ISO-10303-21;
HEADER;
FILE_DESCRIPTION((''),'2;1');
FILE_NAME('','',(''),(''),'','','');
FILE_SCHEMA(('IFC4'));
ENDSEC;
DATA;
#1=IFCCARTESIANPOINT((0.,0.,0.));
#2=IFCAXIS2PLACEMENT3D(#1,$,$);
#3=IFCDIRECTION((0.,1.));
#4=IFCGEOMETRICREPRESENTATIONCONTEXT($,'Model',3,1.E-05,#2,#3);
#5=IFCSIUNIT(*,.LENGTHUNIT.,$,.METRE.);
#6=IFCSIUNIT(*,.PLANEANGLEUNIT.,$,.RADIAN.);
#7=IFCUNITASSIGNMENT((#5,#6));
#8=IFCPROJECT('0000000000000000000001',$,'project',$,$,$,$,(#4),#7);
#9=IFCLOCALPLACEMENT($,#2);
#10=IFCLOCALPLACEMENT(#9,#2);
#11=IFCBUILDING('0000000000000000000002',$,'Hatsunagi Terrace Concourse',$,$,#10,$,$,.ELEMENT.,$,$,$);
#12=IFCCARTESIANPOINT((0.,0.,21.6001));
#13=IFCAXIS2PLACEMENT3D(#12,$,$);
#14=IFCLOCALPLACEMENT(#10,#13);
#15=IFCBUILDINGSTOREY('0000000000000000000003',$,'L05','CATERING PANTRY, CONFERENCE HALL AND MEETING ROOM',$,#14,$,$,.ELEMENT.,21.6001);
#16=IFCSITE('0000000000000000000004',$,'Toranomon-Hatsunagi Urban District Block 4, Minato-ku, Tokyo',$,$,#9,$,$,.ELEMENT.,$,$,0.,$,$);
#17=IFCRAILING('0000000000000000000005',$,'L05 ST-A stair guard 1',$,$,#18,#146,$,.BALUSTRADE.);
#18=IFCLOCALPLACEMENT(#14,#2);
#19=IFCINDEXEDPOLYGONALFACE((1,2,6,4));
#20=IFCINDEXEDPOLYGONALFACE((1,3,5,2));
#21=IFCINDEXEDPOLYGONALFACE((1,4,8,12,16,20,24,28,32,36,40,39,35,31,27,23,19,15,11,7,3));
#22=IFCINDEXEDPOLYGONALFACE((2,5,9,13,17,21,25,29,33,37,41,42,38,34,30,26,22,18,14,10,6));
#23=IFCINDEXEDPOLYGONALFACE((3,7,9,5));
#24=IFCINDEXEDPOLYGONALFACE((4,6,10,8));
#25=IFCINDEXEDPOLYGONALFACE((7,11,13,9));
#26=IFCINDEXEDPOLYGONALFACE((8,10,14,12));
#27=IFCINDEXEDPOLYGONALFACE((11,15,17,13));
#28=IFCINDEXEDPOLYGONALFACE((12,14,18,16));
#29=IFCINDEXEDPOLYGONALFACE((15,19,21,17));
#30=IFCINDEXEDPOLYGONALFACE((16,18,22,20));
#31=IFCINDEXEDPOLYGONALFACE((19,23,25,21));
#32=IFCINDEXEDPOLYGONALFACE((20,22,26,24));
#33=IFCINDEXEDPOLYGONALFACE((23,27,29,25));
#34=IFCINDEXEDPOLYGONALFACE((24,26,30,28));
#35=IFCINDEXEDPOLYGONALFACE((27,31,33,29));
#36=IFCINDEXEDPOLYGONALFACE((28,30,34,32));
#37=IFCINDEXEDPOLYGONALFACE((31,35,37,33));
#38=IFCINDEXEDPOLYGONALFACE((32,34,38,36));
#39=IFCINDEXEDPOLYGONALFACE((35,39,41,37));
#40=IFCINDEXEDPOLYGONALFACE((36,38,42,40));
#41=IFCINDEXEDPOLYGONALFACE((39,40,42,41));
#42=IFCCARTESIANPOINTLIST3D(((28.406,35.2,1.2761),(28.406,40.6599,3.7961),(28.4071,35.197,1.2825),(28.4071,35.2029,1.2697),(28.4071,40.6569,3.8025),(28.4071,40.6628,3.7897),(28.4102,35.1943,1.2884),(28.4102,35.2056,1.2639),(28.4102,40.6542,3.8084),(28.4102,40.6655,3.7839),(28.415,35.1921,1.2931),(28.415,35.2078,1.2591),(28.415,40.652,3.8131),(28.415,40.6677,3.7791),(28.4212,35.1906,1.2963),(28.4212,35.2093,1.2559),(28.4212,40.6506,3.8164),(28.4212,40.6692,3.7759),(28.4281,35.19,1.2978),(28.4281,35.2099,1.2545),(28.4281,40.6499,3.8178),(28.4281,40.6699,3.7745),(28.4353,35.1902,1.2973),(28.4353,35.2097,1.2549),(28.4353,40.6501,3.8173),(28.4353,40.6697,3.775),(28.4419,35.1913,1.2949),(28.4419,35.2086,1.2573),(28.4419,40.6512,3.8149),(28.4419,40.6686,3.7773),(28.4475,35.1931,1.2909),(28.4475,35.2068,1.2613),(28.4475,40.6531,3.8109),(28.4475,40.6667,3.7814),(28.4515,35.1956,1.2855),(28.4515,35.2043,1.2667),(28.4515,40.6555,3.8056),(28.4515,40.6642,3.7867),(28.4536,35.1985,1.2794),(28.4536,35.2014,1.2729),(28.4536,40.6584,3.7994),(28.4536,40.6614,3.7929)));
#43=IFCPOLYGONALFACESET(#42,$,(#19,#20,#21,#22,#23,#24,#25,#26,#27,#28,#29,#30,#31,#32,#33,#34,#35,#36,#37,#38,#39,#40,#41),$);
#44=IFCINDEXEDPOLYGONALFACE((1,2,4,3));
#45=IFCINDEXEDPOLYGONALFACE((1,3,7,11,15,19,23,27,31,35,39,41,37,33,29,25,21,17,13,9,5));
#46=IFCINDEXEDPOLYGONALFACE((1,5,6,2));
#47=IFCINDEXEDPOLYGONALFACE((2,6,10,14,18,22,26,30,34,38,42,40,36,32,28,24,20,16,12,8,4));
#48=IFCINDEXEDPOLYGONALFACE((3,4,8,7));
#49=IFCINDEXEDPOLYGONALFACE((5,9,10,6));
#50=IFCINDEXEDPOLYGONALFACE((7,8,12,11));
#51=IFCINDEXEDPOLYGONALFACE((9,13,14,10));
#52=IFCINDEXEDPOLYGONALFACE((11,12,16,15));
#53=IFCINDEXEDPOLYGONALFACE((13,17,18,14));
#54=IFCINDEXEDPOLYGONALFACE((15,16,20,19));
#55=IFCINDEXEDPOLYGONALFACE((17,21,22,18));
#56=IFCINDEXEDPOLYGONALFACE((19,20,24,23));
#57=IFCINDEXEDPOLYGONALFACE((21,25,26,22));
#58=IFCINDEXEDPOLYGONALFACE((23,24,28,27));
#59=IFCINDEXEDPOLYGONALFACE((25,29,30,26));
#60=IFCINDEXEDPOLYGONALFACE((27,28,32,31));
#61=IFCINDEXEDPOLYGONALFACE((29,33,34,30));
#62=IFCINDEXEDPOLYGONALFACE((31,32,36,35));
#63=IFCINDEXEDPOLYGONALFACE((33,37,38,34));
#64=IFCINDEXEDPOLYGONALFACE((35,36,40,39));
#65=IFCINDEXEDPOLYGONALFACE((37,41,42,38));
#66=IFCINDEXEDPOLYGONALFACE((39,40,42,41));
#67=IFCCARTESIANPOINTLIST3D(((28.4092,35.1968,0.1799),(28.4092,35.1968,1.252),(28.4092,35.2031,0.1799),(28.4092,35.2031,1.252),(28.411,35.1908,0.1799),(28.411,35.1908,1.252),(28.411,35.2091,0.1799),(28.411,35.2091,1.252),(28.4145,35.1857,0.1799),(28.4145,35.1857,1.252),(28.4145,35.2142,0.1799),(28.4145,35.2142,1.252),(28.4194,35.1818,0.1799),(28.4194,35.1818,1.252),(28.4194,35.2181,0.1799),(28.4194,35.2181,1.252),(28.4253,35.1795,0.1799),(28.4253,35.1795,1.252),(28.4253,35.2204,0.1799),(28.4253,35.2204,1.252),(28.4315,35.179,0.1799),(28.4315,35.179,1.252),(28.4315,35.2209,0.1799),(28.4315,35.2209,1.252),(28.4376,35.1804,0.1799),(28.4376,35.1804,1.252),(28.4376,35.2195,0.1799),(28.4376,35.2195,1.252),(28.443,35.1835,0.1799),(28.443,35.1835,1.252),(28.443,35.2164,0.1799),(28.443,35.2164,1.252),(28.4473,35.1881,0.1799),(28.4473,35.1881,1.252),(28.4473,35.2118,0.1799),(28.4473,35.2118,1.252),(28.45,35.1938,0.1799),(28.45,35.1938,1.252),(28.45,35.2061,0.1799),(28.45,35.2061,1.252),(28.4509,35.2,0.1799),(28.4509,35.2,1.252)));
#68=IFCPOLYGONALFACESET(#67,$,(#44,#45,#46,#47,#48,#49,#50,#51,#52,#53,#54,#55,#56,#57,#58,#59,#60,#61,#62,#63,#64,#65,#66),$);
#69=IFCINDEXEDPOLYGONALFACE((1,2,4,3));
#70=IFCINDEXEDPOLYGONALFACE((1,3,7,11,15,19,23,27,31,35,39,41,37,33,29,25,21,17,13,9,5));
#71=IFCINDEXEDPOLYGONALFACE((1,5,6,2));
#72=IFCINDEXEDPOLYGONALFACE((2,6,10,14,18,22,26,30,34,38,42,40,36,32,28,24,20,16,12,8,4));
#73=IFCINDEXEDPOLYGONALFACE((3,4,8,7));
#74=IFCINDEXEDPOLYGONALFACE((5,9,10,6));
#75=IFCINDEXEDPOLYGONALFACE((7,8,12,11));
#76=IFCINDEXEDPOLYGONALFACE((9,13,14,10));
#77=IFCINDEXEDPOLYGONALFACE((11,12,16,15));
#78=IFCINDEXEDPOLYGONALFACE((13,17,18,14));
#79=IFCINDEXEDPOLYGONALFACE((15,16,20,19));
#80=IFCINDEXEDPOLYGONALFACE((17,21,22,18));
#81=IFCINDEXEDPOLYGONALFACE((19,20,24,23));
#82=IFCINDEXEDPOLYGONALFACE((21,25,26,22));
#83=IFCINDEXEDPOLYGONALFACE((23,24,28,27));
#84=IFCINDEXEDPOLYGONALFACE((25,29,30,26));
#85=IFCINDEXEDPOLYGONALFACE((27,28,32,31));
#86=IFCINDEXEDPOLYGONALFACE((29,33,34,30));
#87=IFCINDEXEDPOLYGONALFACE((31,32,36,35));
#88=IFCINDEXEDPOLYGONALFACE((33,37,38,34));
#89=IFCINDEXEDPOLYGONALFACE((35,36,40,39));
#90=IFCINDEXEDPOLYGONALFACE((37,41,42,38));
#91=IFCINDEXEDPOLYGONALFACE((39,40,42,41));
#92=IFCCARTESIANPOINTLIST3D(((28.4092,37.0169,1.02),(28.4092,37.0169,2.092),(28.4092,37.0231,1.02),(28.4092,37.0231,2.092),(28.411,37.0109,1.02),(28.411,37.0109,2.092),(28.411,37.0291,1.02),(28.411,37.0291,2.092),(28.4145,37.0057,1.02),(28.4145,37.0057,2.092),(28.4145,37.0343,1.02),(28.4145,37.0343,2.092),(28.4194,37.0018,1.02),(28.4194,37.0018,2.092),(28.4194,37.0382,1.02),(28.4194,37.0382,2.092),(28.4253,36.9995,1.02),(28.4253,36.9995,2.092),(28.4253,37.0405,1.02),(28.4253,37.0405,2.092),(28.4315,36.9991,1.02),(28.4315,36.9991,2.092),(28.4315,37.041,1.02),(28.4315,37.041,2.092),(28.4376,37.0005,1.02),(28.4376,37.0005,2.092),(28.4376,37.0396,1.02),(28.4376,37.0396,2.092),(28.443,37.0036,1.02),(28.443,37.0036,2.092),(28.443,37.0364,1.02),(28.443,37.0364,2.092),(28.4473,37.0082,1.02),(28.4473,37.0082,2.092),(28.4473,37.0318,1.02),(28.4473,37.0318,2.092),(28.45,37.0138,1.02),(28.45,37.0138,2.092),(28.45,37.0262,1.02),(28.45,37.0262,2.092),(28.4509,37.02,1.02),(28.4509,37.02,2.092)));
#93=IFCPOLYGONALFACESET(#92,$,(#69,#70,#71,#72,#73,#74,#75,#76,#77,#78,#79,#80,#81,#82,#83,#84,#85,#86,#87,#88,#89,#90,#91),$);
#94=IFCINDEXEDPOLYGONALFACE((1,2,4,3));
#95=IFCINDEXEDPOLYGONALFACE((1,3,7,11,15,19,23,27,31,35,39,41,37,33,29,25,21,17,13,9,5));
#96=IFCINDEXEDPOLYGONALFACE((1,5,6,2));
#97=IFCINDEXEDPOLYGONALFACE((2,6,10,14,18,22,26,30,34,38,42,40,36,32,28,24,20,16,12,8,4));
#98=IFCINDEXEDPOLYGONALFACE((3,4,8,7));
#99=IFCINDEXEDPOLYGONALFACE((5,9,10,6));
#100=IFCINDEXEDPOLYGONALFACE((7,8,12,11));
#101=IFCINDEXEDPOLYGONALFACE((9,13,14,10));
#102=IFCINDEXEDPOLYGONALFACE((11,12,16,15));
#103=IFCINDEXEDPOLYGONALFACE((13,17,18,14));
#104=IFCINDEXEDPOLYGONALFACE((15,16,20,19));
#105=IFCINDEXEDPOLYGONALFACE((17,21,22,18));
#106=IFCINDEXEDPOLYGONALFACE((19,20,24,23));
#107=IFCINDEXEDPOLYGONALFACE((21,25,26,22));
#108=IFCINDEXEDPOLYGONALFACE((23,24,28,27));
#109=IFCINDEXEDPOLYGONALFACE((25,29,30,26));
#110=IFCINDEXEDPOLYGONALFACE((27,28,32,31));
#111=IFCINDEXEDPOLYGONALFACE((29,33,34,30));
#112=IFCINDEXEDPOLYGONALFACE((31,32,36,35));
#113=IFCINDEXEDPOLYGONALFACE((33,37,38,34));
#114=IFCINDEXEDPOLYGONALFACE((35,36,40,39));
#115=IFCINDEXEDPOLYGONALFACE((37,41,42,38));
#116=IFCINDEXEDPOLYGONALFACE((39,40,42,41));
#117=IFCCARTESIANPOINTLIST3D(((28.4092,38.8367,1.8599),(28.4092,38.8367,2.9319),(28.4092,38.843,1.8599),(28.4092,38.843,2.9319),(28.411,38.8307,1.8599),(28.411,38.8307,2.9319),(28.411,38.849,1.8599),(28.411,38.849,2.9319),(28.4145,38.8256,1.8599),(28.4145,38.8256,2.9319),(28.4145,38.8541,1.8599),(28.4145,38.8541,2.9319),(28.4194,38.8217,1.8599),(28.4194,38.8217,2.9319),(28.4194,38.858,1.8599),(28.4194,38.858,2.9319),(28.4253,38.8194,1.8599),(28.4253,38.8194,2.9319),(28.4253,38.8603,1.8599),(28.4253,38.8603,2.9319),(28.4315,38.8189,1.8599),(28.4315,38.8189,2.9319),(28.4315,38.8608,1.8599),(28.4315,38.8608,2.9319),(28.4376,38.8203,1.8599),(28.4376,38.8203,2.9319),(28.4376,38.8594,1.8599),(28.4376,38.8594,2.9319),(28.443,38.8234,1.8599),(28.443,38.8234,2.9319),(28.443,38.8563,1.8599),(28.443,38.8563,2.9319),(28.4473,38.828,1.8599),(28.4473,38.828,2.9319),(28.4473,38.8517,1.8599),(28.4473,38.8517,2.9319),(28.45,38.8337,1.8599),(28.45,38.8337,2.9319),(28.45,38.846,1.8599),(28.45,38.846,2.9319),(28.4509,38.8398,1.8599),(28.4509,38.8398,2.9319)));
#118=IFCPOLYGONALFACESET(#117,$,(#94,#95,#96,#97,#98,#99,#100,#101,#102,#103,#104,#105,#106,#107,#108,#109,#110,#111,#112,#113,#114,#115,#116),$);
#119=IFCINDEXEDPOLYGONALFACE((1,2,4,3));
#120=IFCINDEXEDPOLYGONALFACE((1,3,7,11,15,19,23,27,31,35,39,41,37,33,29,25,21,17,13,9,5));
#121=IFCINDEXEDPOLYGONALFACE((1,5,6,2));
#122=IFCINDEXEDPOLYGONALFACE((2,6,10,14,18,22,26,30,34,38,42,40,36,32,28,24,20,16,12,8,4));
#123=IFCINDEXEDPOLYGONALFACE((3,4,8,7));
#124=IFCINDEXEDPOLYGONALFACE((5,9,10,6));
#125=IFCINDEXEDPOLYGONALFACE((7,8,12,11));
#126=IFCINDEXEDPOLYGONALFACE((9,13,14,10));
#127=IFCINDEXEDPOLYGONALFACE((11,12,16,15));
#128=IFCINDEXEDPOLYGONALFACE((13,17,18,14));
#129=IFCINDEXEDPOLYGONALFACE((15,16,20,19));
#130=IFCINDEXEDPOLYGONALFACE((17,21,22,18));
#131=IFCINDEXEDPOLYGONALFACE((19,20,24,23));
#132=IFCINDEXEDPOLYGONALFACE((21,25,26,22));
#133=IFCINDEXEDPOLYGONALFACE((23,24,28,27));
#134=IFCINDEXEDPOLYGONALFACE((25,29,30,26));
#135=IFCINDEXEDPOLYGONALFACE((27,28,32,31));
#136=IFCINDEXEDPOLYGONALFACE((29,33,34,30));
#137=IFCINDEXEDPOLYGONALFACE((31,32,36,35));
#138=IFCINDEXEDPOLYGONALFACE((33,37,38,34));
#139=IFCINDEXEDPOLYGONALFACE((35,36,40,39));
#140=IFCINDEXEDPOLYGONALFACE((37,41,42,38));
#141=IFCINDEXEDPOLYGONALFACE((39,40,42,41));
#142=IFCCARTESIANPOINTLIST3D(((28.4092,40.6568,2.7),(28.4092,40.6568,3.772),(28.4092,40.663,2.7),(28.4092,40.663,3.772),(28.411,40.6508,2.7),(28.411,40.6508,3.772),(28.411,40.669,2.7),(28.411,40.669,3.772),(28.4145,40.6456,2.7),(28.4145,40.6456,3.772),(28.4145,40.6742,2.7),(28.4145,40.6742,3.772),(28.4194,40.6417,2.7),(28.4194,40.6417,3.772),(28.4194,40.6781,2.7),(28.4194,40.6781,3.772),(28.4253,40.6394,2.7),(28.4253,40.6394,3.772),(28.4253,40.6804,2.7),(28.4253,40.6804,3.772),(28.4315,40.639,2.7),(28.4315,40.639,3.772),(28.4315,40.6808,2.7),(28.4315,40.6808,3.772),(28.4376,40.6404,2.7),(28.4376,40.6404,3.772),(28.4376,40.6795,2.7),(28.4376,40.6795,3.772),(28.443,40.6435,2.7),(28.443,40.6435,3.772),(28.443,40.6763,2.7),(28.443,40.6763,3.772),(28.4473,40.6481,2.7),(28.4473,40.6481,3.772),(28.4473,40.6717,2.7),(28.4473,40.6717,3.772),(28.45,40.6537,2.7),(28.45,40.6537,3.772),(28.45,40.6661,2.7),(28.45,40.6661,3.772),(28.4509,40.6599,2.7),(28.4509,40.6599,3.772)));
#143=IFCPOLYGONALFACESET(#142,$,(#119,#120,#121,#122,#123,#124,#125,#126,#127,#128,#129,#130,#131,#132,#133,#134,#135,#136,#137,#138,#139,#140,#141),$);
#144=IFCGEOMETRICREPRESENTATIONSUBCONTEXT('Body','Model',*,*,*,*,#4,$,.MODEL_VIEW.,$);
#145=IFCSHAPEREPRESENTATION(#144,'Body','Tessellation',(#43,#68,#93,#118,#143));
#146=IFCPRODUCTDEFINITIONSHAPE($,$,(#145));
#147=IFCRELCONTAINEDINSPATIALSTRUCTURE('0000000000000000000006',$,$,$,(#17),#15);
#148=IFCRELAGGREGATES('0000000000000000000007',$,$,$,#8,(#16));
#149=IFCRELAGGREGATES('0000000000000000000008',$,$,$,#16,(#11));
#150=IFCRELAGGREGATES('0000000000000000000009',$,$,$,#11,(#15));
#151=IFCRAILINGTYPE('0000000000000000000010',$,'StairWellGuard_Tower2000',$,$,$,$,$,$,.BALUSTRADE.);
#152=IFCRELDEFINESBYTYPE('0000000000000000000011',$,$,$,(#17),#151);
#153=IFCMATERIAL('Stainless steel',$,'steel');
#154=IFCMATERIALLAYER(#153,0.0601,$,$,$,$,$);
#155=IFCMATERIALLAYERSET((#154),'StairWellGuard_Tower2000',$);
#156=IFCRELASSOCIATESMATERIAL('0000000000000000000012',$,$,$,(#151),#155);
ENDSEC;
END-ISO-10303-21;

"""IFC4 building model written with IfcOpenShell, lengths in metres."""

from ifc_helpers import new_model, si_unit, direction, frame, origin, origin_2d, place, context, subcontext, project, spatial, circle, extrude, material, layer, layer_set, type_object, element, save


model = new_model("IFC4")

# Units and contexts
model_context = context("Model", 3, precision=1e-05, world=origin(), true_north=direction((0.0, 1.0)))
body_context = subcontext(model_context, "Body", "Model", "MODEL_VIEW")
ifc_project = project(units=[si_unit("LENGTHUNIT", "METRE"), si_unit("PLANEANGLEUNIT", "RADIAN")], contexts=[model_context])

# Site, building, storey
site_placement = place(None, origin())
site = spatial("IfcSite", under=ifc_project, at=site_placement, Name="Toranomon-Hatsunagi Urban District Block 4, Minato-ku, Tokyo", CompositionType="ELEMENT", RefElevation=0.0)
building_placement = place(site_placement, origin())
building = spatial("IfcBuilding", under=site, at=building_placement, Name="Hatsunagi Terrace Concourse", CompositionType="ELEMENT")
storey_placement = place(building_placement, frame((0.0, 0.0, 21.6001)))
storey = spatial("IfcBuildingStorey", under=building, at=storey_placement, Name="L05", Description="CATERING PANTRY, CONFERENCE HALL AND MEETING ROOM", CompositionType="ELEMENT", Elevation=21.6001)

# Railing
ifc_material_1 = material(Name="Stainless steel", Category="steel")
ifc_layer_1 = layer(ifc_material_1, 0.0601)
ifc_layer_set_1 = layer_set([ifc_layer_1], Name="StairWellGuard_Tower2000")
railing_type_1 = type_object("IfcRailingType", Name="StairWellGuard_Tower2000", PredefinedType="BALUSTRADE", material=ifc_layer_set_1)
railing_1_placement = place(storey_placement, frame((28.4299, 35.2, 0.1799)))
element("IfcRailing", 1, at=railing_1_placement, inside=storey, type_object=railing_type_1, Name="L05 ST-A stair guard 1", PredefinedType="BALUSTRADE", context=body_context, shape_type="SweptSolid", body=[
    extrude(circle(Radius=0.0239, at=origin_2d()), frame((0.0, 0.0, 1.0962), z_axis=(0.0, 0.907957, 0.419063), x_axis=(-1.0, 0.0, 0.0)), (0.0, 0.0, 1.0), 6.0134),
    extrude(circle(Radius=0.021, at=origin_2d()), origin(), (0.0, 0.0, 1.0), 1.072),
    extrude(circle(Radius=0.021, at=origin_2d()), frame((0.0, 1.8201, 0.8401)), (0.0, 0.0, 1.0), 1.072),
    extrude(circle(Radius=0.021, at=origin_2d()), frame((0.0, 3.6399, 1.6799)), (0.0, 0.0, 1.0), 1.072),
    extrude(circle(Radius=0.021, at=origin_2d()), frame((0.0, 5.46, 2.52)), (0.0, 0.0, 1.0), 1.072),
])

save(model, "model.ifc")
